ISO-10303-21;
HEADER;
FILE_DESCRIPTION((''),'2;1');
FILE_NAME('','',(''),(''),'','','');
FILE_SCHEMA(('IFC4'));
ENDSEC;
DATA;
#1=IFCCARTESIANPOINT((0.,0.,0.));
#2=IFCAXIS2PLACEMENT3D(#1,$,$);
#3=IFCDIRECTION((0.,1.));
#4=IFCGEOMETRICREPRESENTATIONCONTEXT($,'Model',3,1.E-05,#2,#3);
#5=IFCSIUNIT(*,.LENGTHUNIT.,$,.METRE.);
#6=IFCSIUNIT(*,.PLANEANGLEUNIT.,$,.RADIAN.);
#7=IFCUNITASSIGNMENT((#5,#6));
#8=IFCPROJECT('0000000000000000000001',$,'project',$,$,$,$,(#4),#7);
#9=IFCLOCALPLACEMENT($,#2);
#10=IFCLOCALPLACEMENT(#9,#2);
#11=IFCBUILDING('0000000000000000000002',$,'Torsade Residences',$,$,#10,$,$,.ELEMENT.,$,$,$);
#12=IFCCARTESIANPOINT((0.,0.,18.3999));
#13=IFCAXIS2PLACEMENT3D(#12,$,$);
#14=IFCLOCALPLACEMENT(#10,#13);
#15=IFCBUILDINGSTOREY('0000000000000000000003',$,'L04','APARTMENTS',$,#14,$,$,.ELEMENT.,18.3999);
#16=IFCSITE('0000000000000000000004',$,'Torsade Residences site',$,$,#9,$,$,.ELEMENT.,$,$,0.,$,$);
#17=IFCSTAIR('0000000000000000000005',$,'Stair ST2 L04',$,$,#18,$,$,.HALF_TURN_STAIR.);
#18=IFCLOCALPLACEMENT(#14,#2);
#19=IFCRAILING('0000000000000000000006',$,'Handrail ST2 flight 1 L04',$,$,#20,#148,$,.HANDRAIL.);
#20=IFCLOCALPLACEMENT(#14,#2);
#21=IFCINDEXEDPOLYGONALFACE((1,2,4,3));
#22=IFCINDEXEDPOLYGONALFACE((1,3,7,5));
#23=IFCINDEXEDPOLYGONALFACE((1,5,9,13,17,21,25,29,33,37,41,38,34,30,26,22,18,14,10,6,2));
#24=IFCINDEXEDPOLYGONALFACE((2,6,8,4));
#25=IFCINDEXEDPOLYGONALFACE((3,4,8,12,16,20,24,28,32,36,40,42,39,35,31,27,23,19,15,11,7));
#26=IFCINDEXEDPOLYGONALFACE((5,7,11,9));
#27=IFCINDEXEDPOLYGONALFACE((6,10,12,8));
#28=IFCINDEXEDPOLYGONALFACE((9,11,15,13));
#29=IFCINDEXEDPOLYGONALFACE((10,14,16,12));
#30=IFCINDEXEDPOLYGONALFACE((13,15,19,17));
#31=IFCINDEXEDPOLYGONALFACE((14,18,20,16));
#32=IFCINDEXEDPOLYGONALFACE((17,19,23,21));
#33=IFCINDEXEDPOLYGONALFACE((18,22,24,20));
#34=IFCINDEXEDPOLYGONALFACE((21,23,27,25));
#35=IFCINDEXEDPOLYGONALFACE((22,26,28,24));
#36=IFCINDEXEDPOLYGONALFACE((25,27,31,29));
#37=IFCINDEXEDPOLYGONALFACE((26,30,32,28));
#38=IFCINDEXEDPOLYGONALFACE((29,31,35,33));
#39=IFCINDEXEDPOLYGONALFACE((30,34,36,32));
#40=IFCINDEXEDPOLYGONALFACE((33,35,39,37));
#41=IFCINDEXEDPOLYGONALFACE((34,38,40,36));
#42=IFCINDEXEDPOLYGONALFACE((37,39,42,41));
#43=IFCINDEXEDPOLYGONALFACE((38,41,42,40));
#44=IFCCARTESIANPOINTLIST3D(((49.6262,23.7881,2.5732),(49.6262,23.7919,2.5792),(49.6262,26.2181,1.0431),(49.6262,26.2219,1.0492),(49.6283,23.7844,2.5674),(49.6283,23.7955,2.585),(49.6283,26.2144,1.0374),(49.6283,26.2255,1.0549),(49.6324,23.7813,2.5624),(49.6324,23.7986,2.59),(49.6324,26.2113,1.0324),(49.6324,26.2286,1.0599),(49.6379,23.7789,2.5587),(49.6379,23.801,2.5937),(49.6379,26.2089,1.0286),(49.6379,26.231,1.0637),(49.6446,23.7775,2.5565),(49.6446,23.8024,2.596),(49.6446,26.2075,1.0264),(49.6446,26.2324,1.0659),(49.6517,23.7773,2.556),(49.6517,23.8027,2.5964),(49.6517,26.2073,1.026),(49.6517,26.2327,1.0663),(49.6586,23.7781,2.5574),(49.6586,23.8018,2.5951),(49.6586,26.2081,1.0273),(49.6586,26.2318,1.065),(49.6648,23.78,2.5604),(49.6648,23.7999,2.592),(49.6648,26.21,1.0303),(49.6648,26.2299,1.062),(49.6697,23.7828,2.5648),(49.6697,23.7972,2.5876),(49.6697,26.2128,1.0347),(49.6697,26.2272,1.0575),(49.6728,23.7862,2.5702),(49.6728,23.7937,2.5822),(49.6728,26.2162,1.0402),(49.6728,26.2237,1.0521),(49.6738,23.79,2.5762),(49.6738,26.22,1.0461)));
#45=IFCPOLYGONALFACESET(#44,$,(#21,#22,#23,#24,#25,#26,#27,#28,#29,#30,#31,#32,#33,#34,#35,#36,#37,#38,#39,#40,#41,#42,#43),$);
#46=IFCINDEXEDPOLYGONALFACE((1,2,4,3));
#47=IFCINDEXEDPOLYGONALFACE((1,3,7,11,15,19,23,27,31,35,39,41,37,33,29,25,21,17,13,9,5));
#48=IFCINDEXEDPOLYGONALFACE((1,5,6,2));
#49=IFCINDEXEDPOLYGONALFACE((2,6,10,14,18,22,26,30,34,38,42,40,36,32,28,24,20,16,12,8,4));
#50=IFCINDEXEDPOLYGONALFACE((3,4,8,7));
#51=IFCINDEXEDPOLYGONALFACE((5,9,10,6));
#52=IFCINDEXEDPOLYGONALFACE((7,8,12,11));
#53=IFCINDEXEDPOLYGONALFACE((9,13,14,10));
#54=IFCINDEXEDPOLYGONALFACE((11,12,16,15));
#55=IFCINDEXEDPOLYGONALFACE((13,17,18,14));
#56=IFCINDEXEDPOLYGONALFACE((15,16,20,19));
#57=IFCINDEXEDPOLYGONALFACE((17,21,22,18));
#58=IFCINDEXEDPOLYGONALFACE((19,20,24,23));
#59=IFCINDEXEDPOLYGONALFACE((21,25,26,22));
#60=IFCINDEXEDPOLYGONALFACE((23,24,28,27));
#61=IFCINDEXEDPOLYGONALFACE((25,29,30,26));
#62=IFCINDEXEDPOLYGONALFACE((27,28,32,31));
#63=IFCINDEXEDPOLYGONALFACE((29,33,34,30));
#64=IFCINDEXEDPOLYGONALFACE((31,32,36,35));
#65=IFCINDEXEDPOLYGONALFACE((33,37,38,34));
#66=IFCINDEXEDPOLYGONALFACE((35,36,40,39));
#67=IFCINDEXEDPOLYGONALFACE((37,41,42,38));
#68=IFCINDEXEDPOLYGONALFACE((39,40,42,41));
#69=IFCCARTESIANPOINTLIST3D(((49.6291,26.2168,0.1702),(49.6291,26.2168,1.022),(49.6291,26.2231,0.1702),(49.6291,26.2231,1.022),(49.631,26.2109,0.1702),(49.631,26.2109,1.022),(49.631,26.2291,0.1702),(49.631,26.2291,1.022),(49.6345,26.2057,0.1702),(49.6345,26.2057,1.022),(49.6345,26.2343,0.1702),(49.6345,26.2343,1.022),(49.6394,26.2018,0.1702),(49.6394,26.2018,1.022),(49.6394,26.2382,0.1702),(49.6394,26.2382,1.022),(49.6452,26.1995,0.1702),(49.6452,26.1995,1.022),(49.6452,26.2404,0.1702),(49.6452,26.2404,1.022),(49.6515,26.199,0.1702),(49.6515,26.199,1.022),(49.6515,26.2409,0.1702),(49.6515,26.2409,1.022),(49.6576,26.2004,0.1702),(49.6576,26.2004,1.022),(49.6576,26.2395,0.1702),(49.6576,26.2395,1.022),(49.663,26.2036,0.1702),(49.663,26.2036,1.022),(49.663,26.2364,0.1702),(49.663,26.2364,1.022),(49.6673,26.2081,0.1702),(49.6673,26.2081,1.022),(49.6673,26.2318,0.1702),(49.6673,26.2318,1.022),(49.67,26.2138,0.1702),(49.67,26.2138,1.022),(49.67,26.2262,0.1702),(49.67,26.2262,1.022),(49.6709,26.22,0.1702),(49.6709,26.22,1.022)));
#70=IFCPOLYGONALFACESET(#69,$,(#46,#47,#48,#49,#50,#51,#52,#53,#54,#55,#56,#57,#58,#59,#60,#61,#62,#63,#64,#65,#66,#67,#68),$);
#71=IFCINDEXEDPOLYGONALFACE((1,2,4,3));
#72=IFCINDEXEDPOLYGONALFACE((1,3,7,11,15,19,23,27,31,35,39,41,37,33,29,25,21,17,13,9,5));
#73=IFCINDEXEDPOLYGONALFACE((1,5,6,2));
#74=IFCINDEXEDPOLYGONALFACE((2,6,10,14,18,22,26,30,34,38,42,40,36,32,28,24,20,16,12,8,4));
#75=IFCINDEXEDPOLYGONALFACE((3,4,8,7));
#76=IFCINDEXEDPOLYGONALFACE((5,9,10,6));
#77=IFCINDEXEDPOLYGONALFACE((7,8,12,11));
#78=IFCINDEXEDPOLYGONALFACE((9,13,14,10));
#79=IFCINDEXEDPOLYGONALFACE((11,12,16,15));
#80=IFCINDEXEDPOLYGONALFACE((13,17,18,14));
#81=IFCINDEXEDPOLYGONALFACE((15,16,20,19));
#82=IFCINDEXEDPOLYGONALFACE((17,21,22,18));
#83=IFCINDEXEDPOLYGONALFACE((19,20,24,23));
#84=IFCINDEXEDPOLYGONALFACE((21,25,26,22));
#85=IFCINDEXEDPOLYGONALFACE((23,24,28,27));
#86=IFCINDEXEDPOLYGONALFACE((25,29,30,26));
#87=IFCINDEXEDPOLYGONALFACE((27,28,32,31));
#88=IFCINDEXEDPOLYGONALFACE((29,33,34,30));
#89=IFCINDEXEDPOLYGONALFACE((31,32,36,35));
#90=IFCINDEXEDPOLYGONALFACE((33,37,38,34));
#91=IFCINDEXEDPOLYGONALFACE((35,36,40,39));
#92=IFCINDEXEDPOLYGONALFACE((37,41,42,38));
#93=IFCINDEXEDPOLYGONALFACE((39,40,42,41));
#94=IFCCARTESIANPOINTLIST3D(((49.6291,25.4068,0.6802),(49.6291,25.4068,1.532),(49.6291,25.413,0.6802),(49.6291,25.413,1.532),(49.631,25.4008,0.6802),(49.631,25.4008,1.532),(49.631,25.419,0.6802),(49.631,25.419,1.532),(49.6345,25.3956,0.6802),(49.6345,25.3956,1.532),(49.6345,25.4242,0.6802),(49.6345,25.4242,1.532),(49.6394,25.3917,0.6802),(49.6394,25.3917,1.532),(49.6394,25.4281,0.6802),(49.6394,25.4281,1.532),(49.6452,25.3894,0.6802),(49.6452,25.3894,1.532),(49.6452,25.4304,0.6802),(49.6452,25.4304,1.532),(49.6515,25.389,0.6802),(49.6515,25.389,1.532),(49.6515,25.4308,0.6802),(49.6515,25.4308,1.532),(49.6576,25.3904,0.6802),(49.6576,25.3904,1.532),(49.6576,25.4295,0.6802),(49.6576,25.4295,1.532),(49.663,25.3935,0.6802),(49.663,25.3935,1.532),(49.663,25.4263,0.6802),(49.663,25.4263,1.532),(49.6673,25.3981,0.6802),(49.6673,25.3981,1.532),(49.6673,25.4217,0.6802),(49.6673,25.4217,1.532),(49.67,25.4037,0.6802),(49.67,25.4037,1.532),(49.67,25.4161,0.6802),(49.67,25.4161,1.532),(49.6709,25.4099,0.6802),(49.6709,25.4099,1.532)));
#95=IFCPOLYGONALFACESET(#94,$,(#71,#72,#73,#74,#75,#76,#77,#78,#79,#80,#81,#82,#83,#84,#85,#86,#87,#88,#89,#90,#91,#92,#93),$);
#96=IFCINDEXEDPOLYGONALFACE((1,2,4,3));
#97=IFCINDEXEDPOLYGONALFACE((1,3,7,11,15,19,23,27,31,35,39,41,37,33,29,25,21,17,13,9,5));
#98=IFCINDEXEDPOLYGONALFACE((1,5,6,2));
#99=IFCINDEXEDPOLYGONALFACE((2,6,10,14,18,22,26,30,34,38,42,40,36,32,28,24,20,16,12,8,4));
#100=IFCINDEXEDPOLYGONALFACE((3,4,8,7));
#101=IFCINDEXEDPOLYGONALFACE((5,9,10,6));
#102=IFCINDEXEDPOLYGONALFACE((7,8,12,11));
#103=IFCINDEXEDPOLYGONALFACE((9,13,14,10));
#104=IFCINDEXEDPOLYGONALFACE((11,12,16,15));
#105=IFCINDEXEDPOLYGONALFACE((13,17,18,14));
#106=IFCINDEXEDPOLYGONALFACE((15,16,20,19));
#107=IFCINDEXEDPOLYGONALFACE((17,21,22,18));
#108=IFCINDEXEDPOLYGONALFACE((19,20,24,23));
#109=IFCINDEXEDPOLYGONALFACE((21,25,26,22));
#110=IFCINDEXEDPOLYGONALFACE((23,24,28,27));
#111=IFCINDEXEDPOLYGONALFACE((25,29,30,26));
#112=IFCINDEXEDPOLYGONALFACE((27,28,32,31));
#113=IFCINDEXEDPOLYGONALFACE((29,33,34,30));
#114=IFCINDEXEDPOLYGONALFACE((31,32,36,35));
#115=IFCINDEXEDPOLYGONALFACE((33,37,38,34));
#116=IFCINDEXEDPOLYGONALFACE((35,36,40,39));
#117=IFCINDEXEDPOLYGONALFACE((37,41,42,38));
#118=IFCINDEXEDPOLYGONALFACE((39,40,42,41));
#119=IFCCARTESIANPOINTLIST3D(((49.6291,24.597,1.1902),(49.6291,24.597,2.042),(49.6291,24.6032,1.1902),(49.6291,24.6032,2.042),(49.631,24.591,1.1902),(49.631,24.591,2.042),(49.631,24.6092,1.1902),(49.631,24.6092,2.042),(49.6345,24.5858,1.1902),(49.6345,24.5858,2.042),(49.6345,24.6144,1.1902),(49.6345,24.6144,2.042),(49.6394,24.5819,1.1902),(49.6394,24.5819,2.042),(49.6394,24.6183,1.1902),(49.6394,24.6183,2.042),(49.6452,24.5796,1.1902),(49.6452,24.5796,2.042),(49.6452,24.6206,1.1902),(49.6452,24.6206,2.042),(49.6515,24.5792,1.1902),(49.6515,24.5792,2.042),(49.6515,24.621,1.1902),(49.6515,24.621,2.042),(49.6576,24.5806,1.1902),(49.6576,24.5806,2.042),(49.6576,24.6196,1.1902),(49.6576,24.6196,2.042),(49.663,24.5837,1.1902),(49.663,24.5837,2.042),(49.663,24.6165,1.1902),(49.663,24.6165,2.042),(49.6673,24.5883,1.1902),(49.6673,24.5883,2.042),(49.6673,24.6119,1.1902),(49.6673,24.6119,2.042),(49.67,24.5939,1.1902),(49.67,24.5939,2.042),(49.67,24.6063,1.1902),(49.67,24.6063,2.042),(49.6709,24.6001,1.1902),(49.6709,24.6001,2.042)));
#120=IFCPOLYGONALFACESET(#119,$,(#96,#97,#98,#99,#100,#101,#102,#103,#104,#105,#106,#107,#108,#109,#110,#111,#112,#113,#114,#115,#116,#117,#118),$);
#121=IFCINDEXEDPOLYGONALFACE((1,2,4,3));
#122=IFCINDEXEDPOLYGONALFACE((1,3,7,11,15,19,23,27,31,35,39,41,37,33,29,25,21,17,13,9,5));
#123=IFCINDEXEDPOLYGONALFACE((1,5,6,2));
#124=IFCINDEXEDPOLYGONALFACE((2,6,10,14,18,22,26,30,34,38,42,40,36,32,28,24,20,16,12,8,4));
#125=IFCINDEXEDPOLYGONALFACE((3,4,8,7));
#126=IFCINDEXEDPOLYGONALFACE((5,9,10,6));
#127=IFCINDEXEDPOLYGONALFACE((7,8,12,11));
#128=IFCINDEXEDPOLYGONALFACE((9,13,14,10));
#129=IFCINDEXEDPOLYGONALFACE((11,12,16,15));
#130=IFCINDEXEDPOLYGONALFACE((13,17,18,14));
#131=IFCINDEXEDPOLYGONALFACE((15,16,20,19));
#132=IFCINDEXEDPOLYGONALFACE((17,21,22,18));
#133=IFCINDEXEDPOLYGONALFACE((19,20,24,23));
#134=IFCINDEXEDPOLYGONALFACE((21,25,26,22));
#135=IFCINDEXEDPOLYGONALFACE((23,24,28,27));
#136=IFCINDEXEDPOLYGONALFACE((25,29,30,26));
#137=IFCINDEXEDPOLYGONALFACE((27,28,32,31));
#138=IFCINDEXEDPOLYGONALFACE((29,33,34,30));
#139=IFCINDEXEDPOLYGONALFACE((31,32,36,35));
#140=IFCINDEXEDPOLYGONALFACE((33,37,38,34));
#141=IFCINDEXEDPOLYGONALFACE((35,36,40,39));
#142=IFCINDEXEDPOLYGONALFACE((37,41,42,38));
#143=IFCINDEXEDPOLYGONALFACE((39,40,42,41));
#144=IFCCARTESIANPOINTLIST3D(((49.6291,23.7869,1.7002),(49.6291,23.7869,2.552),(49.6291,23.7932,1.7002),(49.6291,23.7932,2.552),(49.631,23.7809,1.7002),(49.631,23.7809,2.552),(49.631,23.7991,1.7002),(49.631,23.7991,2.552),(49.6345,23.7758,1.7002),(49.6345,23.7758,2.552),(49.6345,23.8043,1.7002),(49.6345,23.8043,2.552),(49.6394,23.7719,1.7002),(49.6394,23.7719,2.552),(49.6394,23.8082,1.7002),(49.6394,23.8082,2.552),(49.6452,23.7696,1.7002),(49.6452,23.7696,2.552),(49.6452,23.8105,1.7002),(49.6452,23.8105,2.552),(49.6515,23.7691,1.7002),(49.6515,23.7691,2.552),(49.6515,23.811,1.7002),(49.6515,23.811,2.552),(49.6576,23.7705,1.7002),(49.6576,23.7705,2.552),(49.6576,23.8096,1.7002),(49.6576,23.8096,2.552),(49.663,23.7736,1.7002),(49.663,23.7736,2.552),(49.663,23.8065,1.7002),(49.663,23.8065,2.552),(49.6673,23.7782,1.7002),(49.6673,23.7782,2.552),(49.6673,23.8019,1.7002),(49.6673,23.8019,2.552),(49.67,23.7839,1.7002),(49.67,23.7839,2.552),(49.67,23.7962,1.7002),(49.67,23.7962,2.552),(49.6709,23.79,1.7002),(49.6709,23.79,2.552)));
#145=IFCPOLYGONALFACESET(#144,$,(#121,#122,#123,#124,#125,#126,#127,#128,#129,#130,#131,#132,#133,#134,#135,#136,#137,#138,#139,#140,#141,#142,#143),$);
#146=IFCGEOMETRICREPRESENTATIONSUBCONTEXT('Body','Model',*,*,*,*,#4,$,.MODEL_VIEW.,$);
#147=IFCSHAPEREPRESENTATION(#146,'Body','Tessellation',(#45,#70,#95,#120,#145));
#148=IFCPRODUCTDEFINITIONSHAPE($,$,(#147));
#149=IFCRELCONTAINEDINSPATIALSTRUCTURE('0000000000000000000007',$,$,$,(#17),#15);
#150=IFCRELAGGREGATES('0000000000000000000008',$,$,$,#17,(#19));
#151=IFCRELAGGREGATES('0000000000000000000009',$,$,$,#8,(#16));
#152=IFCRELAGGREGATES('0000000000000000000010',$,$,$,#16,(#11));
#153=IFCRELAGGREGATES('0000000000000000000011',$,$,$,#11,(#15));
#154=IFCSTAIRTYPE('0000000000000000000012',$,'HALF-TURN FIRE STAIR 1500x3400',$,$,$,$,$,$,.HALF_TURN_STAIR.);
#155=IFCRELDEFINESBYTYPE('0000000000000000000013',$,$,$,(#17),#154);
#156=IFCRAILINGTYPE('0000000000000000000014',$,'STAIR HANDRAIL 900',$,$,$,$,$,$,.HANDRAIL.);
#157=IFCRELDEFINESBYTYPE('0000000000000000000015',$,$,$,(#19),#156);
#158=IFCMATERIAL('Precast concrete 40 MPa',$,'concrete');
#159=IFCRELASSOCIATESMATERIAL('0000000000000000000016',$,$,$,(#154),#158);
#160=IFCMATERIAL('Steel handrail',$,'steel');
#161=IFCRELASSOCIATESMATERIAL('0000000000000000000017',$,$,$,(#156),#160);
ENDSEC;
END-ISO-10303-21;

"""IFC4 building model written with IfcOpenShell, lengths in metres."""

from ifc_helpers import new_model, si_unit, direction, frame, origin, origin_2d, place, context, subcontext, project, spatial, circle, extrude, material, type_object, element, aggregate, save


model = new_model("IFC4")

# Units and contexts
model_context = context("Model", 3, precision=1e-05, world=origin(), true_north=direction((0.0, 1.0)))
body_context = subcontext(model_context, "Body", "Model", "MODEL_VIEW")
ifc_project = project(units=[si_unit("LENGTHUNIT", "METRE"), si_unit("PLANEANGLEUNIT", "RADIAN")], contexts=[model_context])

# Site, building, storey
site_placement = place(None, origin())
site = spatial("IfcSite", under=ifc_project, at=site_placement, Name="Torsade Residences site", CompositionType="ELEMENT", RefElevation=0.0)
building_placement = place(site_placement, origin())
building = spatial("IfcBuilding", under=site, at=building_placement, Name="Torsade Residences", CompositionType="ELEMENT")
storey_placement = place(building_placement, frame((0.0, 0.0, 18.3999)))
storey = spatial("IfcBuildingStorey", under=building, at=storey_placement, Name="L04", Description="APARTMENTS", CompositionType="ELEMENT", Elevation=18.3999)

# Stair, railing
ifc_material_1 = material(Name="Precast concrete 40 MPa", Category="concrete")
stair_type = type_object("IfcStairType", Name="HALF-TURN FIRE STAIR 1500x3400", PredefinedType="HALF_TURN_STAIR", material=ifc_material_1)
stair_placement = place(storey_placement, origin())
stair = element("IfcStair", 1, at=stair_placement, inside=storey, type_object=stair_type, Name="Stair ST2 L04", PredefinedType="HALF_TURN_STAIR")
ifc_material_2 = material(Name="Steel handrail", Category="steel")
railing_type = type_object("IfcRailingType", Name="STAIR HANDRAIL 900", PredefinedType="HANDRAIL", material=ifc_material_2)
railing_1_placement = place(storey_placement, frame((49.6499, 26.22, 0.1702)))
railing_1 = element("IfcRailing", 2, at=railing_1_placement, type_object=railing_type, Name="Handrail ST2 flight 1 L04", PredefinedType="HANDRAIL", context=body_context, shape_type="SweptSolid", body=[
    extrude(circle(Radius=0.0239, at=origin_2d()), frame((0.0, 0.0, 0.876), z_axis=(0.0, -0.846221, 0.532831), x_axis=(1.0, 0.0, 0.0)), (0.0, 0.0, 1.0), 2.8716),
    extrude(circle(Radius=0.021, at=origin_2d()), origin(), (0.0, 0.0, 1.0), 0.8518),
    extrude(circle(Radius=0.021, at=origin_2d()), frame((0.0, -0.8101, 0.51)), (0.0, 0.0, 1.0), 0.8518),
    extrude(circle(Radius=0.021, at=origin_2d()), frame((0.0, -1.6199, 1.02)), (0.0, 0.0, 1.0), 0.8518),
    extrude(circle(Radius=0.021, at=origin_2d()), frame((0.0, -2.4299, 1.53)), (0.0, 0.0, 1.0), 0.8518),
])
aggregate(stair, [railing_1])

save(model, "model.ifc")
